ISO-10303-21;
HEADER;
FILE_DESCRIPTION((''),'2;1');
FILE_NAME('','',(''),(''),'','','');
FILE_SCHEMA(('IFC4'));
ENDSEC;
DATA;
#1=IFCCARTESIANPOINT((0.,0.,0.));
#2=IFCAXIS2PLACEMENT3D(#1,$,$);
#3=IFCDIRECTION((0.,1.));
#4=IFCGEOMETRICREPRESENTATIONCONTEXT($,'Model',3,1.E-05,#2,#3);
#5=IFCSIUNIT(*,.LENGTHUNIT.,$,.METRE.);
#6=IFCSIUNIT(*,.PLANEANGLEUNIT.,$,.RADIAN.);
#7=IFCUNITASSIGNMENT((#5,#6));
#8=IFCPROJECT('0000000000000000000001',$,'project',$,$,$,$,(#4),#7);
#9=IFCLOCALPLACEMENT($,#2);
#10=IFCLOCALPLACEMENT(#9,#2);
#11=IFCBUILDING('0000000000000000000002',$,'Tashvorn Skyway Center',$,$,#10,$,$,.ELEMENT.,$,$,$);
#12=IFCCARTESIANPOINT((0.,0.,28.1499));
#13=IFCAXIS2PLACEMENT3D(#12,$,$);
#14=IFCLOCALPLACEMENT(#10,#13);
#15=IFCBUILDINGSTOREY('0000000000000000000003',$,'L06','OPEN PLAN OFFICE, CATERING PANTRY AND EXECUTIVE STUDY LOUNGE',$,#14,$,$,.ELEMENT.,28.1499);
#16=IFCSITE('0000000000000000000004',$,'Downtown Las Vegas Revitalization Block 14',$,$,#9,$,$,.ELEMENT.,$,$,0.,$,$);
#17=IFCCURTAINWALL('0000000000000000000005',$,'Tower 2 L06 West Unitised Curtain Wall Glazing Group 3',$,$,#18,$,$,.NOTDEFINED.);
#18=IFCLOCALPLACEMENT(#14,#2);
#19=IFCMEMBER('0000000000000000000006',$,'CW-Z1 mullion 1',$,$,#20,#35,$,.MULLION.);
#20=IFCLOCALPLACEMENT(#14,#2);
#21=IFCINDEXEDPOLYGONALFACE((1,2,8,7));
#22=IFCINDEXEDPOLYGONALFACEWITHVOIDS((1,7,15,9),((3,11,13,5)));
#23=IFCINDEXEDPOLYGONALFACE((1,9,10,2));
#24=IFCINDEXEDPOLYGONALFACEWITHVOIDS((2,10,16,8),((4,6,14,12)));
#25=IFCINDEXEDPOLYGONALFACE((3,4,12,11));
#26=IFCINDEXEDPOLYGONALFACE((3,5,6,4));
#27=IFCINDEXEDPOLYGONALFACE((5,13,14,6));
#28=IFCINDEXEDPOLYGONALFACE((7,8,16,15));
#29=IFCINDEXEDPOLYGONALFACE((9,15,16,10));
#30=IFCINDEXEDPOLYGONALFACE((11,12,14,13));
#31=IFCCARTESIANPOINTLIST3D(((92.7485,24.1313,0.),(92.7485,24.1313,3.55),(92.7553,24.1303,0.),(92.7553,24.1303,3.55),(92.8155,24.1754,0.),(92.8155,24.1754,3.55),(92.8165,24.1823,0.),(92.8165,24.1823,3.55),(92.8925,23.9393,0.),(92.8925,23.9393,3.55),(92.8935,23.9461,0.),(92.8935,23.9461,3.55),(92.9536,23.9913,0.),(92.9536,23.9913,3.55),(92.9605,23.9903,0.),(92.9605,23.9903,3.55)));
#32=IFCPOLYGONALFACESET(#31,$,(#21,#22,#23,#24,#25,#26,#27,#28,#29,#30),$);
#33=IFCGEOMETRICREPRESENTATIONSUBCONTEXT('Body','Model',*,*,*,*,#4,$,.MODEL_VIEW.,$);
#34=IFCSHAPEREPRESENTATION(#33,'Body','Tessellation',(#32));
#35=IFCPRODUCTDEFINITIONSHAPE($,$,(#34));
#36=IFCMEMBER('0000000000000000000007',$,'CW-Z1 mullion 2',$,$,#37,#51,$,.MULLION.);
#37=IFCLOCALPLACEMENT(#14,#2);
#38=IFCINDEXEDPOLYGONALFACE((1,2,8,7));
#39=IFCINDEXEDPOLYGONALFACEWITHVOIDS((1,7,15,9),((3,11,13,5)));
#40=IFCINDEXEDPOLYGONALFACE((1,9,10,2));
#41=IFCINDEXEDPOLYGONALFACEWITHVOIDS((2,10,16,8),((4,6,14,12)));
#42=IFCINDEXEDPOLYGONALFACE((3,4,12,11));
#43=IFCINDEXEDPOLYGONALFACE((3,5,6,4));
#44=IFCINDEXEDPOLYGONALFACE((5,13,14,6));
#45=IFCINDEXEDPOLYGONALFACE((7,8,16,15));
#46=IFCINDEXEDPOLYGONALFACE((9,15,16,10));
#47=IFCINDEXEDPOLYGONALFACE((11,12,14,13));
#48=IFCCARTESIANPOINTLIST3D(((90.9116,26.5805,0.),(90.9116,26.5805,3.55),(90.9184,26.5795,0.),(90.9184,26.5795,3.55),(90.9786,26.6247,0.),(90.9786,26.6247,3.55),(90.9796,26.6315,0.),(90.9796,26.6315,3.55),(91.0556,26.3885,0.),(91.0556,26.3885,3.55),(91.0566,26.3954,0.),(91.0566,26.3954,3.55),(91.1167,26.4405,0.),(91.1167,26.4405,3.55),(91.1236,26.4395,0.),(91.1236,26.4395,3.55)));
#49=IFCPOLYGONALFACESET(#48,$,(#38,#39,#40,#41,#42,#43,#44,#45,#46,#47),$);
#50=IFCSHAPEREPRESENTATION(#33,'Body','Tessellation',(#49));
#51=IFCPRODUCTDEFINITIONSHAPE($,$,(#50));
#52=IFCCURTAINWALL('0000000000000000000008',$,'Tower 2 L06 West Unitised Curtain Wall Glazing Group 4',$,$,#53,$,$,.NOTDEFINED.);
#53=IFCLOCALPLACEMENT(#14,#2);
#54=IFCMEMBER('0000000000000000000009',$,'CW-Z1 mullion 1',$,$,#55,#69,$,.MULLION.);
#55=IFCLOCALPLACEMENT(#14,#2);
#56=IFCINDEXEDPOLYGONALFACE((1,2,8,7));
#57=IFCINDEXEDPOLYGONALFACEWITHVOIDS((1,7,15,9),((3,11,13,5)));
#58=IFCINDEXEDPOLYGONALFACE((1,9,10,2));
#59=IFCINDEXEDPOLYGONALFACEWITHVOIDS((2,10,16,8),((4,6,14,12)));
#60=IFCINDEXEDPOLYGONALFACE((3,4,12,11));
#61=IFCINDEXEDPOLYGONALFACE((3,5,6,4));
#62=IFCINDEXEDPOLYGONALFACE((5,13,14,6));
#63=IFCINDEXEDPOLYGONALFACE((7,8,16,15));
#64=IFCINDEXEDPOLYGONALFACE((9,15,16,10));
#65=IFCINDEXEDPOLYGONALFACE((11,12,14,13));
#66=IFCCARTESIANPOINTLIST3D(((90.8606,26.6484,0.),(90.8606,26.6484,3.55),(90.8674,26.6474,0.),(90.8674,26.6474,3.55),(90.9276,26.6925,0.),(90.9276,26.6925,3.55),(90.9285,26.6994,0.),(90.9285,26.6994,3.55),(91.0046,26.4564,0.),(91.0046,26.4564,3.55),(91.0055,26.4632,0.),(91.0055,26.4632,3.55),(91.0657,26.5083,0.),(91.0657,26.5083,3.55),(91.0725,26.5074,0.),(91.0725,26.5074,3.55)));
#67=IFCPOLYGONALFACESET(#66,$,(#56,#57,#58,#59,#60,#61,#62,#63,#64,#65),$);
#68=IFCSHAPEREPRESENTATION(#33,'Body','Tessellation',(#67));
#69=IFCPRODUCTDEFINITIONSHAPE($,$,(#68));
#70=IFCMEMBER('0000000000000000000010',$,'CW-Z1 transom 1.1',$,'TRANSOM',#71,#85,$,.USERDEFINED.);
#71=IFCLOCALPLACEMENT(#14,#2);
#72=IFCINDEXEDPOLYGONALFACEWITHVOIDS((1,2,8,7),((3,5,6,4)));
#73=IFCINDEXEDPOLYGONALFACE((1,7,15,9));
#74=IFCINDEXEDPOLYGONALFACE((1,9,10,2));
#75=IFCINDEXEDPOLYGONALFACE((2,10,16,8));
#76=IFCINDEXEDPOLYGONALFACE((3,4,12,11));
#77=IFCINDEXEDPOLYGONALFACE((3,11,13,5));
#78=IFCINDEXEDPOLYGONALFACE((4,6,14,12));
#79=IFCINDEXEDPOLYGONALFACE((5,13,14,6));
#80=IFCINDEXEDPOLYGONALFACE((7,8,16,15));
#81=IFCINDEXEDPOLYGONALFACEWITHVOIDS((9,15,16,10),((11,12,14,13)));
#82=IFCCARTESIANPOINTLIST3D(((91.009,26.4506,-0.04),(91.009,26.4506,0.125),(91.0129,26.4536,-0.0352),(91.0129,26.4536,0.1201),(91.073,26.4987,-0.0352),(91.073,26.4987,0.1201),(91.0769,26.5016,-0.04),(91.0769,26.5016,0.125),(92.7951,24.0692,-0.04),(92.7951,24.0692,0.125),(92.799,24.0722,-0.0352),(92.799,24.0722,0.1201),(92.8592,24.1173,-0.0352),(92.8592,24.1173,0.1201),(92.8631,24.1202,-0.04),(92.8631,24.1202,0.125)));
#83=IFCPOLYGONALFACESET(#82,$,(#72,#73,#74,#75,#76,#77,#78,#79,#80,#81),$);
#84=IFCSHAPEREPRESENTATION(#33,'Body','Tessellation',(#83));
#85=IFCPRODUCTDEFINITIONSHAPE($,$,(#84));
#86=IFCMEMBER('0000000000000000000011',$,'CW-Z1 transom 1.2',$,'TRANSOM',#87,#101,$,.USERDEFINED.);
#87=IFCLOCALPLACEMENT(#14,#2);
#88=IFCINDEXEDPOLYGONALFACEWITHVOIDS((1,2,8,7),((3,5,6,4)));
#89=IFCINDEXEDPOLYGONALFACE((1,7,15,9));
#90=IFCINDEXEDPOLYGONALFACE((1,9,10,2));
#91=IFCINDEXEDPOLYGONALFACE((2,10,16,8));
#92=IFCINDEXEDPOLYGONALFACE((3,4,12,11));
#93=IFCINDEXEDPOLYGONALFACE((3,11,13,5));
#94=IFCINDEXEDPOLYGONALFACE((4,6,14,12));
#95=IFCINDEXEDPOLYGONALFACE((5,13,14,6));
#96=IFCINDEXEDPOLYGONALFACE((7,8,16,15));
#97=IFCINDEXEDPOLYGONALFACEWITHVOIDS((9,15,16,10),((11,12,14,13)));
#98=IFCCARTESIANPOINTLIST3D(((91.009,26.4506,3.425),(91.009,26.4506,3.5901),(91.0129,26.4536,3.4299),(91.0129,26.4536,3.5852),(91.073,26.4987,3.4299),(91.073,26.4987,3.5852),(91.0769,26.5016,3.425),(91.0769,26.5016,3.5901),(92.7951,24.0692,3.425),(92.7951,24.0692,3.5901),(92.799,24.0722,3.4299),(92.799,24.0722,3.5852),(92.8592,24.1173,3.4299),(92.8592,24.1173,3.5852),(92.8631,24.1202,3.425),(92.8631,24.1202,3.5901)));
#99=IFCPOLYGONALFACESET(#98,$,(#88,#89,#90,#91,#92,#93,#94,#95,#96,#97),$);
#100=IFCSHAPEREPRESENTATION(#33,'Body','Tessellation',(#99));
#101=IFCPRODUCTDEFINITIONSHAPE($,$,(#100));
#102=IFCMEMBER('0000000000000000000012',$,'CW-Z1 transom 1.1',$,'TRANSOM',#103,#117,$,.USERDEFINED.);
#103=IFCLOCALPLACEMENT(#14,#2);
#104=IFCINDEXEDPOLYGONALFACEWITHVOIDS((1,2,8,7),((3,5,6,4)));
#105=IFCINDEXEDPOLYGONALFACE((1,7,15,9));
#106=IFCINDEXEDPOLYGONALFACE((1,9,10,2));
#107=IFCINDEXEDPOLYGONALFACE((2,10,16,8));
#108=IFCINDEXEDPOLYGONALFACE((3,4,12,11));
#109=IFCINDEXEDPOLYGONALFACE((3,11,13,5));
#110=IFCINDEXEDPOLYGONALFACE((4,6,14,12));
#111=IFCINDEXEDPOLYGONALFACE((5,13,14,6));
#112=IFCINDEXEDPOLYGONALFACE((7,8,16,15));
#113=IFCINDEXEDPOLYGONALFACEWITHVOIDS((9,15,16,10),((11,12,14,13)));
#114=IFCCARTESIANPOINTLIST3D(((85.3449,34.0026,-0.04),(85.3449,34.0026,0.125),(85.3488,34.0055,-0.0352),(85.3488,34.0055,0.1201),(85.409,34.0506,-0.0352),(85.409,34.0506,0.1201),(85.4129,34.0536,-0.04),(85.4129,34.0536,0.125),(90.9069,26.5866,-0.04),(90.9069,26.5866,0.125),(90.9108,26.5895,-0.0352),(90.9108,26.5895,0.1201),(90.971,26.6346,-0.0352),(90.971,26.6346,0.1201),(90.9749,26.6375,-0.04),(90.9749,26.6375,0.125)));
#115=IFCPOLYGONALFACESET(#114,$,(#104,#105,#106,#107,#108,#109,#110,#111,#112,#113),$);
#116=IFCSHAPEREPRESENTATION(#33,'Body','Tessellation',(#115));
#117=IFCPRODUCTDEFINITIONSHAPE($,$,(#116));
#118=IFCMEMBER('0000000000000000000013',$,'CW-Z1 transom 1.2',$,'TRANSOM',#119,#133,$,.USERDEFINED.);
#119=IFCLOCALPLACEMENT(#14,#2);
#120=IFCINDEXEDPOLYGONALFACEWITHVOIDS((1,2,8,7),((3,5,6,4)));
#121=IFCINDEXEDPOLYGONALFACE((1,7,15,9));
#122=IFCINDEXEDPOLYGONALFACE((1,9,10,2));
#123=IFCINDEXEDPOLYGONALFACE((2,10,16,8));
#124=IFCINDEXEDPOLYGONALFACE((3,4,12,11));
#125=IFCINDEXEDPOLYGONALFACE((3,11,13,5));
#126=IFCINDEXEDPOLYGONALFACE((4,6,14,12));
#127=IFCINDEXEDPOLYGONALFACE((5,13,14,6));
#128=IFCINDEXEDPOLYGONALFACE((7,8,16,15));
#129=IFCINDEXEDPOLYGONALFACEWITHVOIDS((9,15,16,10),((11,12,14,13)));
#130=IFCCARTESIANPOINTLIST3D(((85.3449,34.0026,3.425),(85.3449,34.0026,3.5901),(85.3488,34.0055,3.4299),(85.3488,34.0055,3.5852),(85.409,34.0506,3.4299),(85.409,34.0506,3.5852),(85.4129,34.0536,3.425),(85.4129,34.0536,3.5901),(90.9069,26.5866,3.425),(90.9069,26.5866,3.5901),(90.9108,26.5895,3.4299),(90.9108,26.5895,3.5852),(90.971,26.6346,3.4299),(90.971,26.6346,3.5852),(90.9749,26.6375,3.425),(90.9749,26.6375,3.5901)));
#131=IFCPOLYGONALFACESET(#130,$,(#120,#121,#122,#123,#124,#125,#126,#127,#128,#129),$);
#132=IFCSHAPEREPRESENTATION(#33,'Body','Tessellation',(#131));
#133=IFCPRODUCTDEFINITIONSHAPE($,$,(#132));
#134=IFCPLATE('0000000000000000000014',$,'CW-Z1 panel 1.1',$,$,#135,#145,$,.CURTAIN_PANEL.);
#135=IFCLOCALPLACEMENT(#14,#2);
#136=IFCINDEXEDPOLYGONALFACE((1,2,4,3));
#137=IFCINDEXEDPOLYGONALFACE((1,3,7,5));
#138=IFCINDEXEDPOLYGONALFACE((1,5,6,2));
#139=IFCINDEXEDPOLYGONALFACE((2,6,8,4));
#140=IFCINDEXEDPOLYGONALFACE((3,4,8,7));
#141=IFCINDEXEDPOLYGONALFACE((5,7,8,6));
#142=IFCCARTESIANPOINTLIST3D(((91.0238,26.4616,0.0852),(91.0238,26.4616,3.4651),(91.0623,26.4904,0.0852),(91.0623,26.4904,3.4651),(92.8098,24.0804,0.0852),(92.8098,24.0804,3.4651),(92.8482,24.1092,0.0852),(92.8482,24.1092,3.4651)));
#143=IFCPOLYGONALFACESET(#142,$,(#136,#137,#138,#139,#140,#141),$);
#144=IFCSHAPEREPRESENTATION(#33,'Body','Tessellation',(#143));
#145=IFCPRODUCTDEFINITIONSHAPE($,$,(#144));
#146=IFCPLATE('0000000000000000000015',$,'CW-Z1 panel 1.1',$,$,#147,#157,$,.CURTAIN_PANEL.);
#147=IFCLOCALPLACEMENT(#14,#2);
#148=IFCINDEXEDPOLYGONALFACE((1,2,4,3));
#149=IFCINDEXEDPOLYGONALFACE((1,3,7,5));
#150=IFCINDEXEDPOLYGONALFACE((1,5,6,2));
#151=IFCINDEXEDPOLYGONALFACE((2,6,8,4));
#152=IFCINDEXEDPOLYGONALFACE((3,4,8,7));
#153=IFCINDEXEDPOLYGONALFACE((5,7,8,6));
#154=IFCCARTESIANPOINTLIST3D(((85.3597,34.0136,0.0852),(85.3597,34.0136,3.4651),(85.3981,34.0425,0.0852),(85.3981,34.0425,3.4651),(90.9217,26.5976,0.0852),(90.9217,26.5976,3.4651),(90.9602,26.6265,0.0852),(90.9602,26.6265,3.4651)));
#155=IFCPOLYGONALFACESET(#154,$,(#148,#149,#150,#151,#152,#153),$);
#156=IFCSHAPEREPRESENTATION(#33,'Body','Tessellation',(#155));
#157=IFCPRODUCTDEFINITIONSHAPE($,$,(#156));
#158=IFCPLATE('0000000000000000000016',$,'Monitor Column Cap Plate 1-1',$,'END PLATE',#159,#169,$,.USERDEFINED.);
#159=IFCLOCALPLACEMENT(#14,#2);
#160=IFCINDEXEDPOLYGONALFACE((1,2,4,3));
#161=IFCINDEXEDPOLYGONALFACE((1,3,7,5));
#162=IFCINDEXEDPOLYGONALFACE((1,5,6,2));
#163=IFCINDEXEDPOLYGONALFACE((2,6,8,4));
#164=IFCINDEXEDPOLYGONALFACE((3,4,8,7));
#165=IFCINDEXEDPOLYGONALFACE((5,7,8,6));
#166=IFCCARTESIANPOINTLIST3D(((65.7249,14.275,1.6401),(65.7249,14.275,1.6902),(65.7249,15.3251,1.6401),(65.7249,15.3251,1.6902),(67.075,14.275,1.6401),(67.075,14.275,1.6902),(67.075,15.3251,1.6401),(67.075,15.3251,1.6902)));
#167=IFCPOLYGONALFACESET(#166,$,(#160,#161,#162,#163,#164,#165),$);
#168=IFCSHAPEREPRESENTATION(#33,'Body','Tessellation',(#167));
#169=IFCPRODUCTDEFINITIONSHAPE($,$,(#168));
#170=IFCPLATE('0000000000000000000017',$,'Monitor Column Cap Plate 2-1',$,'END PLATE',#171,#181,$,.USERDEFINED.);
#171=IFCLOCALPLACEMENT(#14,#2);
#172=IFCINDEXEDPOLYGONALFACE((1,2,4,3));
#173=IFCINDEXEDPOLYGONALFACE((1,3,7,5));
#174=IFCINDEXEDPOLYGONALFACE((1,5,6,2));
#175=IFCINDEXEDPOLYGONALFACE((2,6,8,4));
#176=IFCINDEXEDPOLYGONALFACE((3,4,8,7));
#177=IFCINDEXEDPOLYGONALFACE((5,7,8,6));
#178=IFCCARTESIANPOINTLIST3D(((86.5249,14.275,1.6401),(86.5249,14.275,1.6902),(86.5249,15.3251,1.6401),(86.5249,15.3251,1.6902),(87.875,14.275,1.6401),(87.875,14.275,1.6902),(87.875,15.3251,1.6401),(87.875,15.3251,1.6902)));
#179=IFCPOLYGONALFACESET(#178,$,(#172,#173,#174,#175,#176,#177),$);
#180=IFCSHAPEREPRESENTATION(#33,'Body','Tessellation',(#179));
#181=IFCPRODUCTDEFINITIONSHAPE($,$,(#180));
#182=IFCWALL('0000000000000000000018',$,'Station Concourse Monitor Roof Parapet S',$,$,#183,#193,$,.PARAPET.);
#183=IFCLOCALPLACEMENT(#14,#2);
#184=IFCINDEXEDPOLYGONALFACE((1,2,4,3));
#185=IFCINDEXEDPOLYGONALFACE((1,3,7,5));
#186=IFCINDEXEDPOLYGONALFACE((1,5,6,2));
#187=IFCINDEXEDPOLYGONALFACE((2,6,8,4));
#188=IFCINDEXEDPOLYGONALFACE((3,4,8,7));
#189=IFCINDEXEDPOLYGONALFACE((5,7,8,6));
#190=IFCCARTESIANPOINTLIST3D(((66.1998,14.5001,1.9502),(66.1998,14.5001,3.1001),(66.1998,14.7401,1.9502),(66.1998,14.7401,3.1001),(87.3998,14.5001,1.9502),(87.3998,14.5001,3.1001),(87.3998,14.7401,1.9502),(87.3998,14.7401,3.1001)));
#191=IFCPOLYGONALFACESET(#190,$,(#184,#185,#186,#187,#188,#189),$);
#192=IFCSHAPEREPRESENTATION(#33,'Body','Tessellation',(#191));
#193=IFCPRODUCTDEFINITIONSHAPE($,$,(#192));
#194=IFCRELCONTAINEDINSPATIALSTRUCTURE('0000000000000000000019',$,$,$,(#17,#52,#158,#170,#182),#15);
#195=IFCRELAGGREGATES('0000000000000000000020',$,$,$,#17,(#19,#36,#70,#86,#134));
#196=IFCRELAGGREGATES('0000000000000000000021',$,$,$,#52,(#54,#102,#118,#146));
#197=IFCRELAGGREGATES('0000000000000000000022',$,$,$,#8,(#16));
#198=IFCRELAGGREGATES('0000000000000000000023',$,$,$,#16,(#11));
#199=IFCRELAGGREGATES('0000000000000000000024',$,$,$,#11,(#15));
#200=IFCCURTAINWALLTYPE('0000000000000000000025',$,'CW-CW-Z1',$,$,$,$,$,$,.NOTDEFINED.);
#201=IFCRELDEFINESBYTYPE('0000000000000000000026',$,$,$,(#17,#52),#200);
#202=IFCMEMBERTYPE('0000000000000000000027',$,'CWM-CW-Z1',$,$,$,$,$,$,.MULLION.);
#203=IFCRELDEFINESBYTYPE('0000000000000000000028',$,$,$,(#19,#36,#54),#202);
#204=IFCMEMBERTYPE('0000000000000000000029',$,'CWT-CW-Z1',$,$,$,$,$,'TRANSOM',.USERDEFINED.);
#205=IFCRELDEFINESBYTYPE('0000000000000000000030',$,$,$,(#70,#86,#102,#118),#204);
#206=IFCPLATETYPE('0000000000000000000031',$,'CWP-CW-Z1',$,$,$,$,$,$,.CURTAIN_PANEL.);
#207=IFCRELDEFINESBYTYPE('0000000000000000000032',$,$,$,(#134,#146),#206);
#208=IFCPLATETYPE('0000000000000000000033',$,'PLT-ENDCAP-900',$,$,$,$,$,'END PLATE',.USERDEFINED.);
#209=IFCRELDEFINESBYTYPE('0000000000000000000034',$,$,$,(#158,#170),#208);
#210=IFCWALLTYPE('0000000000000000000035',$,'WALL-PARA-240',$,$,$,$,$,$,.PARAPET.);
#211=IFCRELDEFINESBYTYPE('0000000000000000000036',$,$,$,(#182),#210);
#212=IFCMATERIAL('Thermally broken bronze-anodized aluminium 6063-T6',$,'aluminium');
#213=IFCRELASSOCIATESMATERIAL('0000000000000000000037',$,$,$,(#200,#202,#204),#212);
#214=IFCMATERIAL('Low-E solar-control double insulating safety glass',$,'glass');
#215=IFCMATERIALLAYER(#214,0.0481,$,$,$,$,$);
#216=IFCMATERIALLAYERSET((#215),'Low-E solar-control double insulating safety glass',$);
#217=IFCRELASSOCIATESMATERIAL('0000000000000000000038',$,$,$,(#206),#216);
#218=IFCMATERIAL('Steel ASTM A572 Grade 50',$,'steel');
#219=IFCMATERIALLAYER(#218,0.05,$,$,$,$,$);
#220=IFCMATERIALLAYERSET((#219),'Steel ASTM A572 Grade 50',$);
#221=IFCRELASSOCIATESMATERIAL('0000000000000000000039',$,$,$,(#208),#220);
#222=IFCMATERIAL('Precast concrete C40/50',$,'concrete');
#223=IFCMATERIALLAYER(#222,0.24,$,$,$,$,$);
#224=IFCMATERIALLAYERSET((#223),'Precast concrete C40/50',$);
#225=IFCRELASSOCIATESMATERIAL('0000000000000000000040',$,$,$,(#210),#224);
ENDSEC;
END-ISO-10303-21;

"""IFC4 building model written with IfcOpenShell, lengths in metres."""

from ifc_helpers import new_model, si_unit, direction, frame, frame_2d, origin, origin_2d, place, context, subcontext, project, spatial, rectangle, hollow_rectangle, extrude, material, layer, layer_set, material_profile, profile_set, type_object, element, aggregate, save


model = new_model("IFC4")

# Units and contexts
model_context = context("Model", 3, precision=1e-05, world=origin(), true_north=direction((0.0, 1.0)))
body_context = subcontext(model_context, "Body", "Model", "MODEL_VIEW")
ifc_project = project(units=[si_unit("LENGTHUNIT", "METRE"), si_unit("PLANEANGLEUNIT", "RADIAN")], contexts=[model_context])

# Site, building, storey
site_placement = place(None, origin())
site = spatial("IfcSite", under=ifc_project, at=site_placement, Name="Downtown Las Vegas Revitalization Block 14", CompositionType="ELEMENT", RefElevation=0.0)
building_placement = place(site_placement, origin())
building = spatial("IfcBuilding", under=site, at=building_placement, Name="Tashvorn Skyway Center", CompositionType="ELEMENT")
storey_placement = place(building_placement, frame((0.0, 0.0, 28.1499)))
storey = spatial("IfcBuildingStorey", under=building, at=storey_placement, Name="L06", Description="OPEN PLAN OFFICE, CATERING PANTRY AND EXECUTIVE STUDY LOUNGE", CompositionType="ELEMENT", Elevation=28.1499)

# Shared definitions
ifc_material_1 = material(Name="Steel ASTM A572 Grade 50", Category="steel")

# Shared definitions
ifc_material_2 = material(Name="Thermally broken bronze-anodized aluminium 6063-T6", Category="aluminium")
curtain_wall_type = type_object("IfcCurtainWallType", Name="CW-CW-Z1", PredefinedType="NOTDEFINED", material=ifc_material_2)
ifc_material_profile_1 = material_profile(ifc_material_2, hollow_rectangle(XDim=0.085, YDim=0.24, WallThickness=0.0049, at=origin_2d()), Name="ALU-MULL-85x240")
ifc_profile_set_1 = profile_set([ifc_material_profile_1], Name="Thermally broken bronze-anodized aluminium 6063-T6")
member_type_1 = type_object("IfcMemberType", Name="CWM-CW-Z1", PredefinedType="MULLION", material=ifc_profile_set_1)

# Curtain wall, members
curtain_wall_1_placement = place(storey_placement, origin())
curtain_wall_1 = element("IfcCurtainWall", 1, at=curtain_wall_1_placement, inside=storey, type_object=curtain_wall_type, Name="Tower 2 L06 West Unitised Curtain Wall Glazing Group 3", PredefinedType="NOTDEFINED")
member_1_placement = place(storey_placement, frame((92.8545, 24.0608, 0.0), z_axis=(0.0, 0.0, 1.0), x_axis=(-0.799996, -0.600005, 0.0)))
member_1 = element("IfcMember", 2, at=member_1_placement, type_object=member_type_1, Name="CW-Z1 mullion 1", PredefinedType="MULLION", context=body_context, shape_type="SweptSolid", body=[
    extrude(hollow_rectangle(XDim=0.085, YDim=0.24, WallThickness=0.0049, at=origin_2d()), origin(), (0.0, 0.0, 1.0), 3.55),
])
member_2_placement = place(storey_placement, frame((91.0176, 26.51, 0.0), z_axis=(0.0, 0.0, 1.0), x_axis=(-0.799996, -0.600005, 0.0)))
member_2 = element("IfcMember", 3, at=member_2_placement, type_object=member_type_1, Name="CW-Z1 mullion 2", PredefinedType="MULLION", context=body_context, shape_type="SweptSolid", body=[
    extrude(hollow_rectangle(XDim=0.085, YDim=0.24, WallThickness=0.0049, at=origin_2d()), origin(), (0.0, 0.0, 1.0), 3.55),
])

# Curtain wall, member
curtain_wall_2_placement = place(storey_placement, origin())
curtain_wall_2 = element("IfcCurtainWall", 4, at=curtain_wall_2_placement, inside=storey, type_object=curtain_wall_type, Name="Tower 2 L06 West Unitised Curtain Wall Glazing Group 4", PredefinedType="NOTDEFINED")
member_3_placement = place(storey_placement, frame((90.9666, 26.5779, 0.0), z_axis=(0.0, 0.0, 1.0), x_axis=(-0.8, -0.6, 0.0)))
member_3 = element("IfcMember", 5, at=member_3_placement, type_object=member_type_1, Name="CW-Z1 mullion 1", PredefinedType="MULLION", context=body_context, shape_type="SweptSolid", body=[
    extrude(hollow_rectangle(XDim=0.085, YDim=0.24, WallThickness=0.0049, at=origin_2d()), origin(), (0.0, 0.0, 1.0), 3.55),
])

# Members
ifc_material_profile_2 = material_profile(ifc_material_2, hollow_rectangle(XDim=0.085, YDim=0.165, WallThickness=0.0049, at=origin_2d()), Name="ALU-TRAN-85x165")
ifc_profile_set_2 = profile_set([ifc_material_profile_2], Name="Thermally broken bronze-anodized aluminium 6063-T6")
member_type_2 = type_object("IfcMemberType", Name="CWT-CW-Z1", ElementType="TRANSOM", PredefinedType="USERDEFINED", material=ifc_profile_set_2)
member_4_placement = place(storey_placement, frame((92.8291, 24.0947, 0.0425), z_axis=(-0.600026, 0.79998, 0.0), x_axis=(-0.79998, -0.600026, 0.0)))
member_4 = element("IfcMember", 6, at=member_4_placement, type_object=member_type_2, Name="CW-Z1 transom 1.1", ObjectType="TRANSOM", PredefinedType="USERDEFINED", context=body_context, shape_type="SweptSolid", body=[
    extrude(hollow_rectangle(XDim=0.085, YDim=0.165, WallThickness=0.0049, at=origin_2d()), origin(), (0.0, 0.0, 1.0), 2.9768),
])
member_5_placement = place(storey_placement, frame((92.8291, 24.0947, 3.5076), z_axis=(-0.600026, 0.79998, 0.0), x_axis=(-0.79998, -0.600026, 0.0)))
member_5 = element("IfcMember", 7, at=member_5_placement, type_object=member_type_2, Name="CW-Z1 transom 1.2", ObjectType="TRANSOM", PredefinedType="USERDEFINED", context=body_context, shape_type="SweptSolid", body=[
    extrude(hollow_rectangle(XDim=0.085, YDim=0.165, WallThickness=0.0049, at=origin_2d()), origin(), (0.0, 0.0, 1.0), 2.9768),
])
member_6_placement = place(storey_placement, frame((90.9409, 26.6121, 0.0425), z_axis=(-0.6, 0.8, 0.0), x_axis=(-0.8, -0.6, 0.0)))
member_6 = element("IfcMember", 8, at=member_6_placement, type_object=member_type_2, Name="CW-Z1 transom 1.1", ObjectType="TRANSOM", PredefinedType="USERDEFINED", context=body_context, shape_type="SweptSolid", body=[
    extrude(hollow_rectangle(XDim=0.085, YDim=0.165, WallThickness=0.0049, at=origin_2d()), origin(), (0.0, 0.0, 1.0), 9.27),
])
member_7_placement = place(storey_placement, frame((90.9409, 26.6121, 3.5076), z_axis=(-0.6, 0.8, 0.0), x_axis=(-0.8, -0.6, 0.0)))
member_7 = element("IfcMember", 9, at=member_7_placement, type_object=member_type_2, Name="CW-Z1 transom 1.2", ObjectType="TRANSOM", PredefinedType="USERDEFINED", context=body_context, shape_type="SweptSolid", body=[
    extrude(hollow_rectangle(XDim=0.085, YDim=0.165, WallThickness=0.0049, at=origin_2d()), origin(), (0.0, 0.0, 1.0), 9.27),
])

# Plates
ifc_material_3 = material(Name="Low-E solar-control double insulating safety glass", Category="glass")
ifc_layer_1 = layer(ifc_material_3, 0.0481)
ifc_layer_set_1 = layer_set([ifc_layer_1], Name="Low-E solar-control double insulating safety glass")
plate_type_1 = type_object("IfcPlateType", Name="CWP-CW-Z1", PredefinedType="CURTAIN_PANEL", material=ifc_layer_set_1)
plate_1_placement = place(storey_placement, frame((91.936, 25.2854, 0.0852), z_axis=(0.0, 0.0, 1.0), x_axis=(-0.600005, 0.799996, 0.0)))
plate_1 = element("IfcPlate", 10, at=plate_1_placement, type_object=plate_type_1, Name="CW-Z1 panel 1.1", PredefinedType="CURTAIN_PANEL", context=body_context, shape_type="SweptSolid", body=[
    extrude(rectangle(XDim=2.9766, YDim=0.0481, at=origin_2d()), origin(), (0.0, 0.0, 1.0), 3.3799),
])
aggregate(curtain_wall_1, [member_1, member_2, member_4, member_5, plate_1])
plate_2_placement = place(storey_placement, frame((88.1599, 30.3201, 0.0852), z_axis=(0.0, 0.0, 1.0), x_axis=(-0.6, 0.8, 0.0)))
plate_2 = element("IfcPlate", 11, at=plate_2_placement, type_object=plate_type_1, Name="CW-Z1 panel 1.1", PredefinedType="CURTAIN_PANEL", context=body_context, shape_type="SweptSolid", body=[
    extrude(rectangle(XDim=9.27, YDim=0.0481, at=origin_2d()), origin(), (0.0, 0.0, 1.0), 3.3799),
])
aggregate(curtain_wall_2, [member_3, member_6, member_7, plate_2])

# Plates
ifc_layer_2 = layer(ifc_material_1, 0.05)
ifc_layer_set_2 = layer_set([ifc_layer_2], Name="Steel ASTM A572 Grade 50")
plate_type_2 = type_object("IfcPlateType", Name="PLT-ENDCAP-900", ElementType="END PLATE", PredefinedType="USERDEFINED", material=ifc_layer_set_2)
for number, where, z_axis, x_axis, name in (
    (12, (66.3999, 14.8, 1.6401), (0.0, 0.0, 1.0), (1.0, 0.0, 0.0), "Monitor Column Cap Plate 1-1"),
    (13, (87.2, 14.8, 1.6401), (0.0, 0.0, 1.0), (1.0, 0.0, 0.0), "Monitor Column Cap Plate 2-1"),
):
    element("IfcPlate", number, at=place(storey_placement, frame(where, z_axis=z_axis, x_axis=x_axis)), inside=storey, type_object=plate_type_2, Name=name, ObjectType="END PLATE", PredefinedType="USERDEFINED", context=body_context, shape_type="SweptSolid", body=[
        extrude(rectangle(XDim=1.3501, YDim=1.05, at=origin_2d()), origin(), (0.0, 0.0, 1.0), 0.05),
    ])

# Wall
ifc_material_4 = material(Name="Precast concrete C40/50", Category="concrete")
ifc_layer_3 = layer(ifc_material_4, 0.24)
ifc_layer_set_3 = layer_set([ifc_layer_3], Name="Precast concrete C40/50")
wall_type = type_object("IfcWallType", Name="WALL-PARA-240", PredefinedType="PARAPET", material=ifc_layer_set_3)
wall_1_placement = place(storey_placement, frame((87.3999, 14.6201, 1.9502), z_axis=(0.0, 0.0, 1.0), x_axis=(-1.0, 0.0, 0.0)))
element("IfcWall", 14, at=wall_1_placement, inside=storey, type_object=wall_type, Name="Station Concourse Monitor Roof Parapet S", PredefinedType="PARAPET", context=body_context, shape_type="SweptSolid", body=[
    extrude(rectangle(XDim=21.2, YDim=0.24, at=frame_2d((10.6001, 0.0))), origin(), (0.0, 0.0, 1.0), 1.1499),
])

save(model, "model.ifc")
